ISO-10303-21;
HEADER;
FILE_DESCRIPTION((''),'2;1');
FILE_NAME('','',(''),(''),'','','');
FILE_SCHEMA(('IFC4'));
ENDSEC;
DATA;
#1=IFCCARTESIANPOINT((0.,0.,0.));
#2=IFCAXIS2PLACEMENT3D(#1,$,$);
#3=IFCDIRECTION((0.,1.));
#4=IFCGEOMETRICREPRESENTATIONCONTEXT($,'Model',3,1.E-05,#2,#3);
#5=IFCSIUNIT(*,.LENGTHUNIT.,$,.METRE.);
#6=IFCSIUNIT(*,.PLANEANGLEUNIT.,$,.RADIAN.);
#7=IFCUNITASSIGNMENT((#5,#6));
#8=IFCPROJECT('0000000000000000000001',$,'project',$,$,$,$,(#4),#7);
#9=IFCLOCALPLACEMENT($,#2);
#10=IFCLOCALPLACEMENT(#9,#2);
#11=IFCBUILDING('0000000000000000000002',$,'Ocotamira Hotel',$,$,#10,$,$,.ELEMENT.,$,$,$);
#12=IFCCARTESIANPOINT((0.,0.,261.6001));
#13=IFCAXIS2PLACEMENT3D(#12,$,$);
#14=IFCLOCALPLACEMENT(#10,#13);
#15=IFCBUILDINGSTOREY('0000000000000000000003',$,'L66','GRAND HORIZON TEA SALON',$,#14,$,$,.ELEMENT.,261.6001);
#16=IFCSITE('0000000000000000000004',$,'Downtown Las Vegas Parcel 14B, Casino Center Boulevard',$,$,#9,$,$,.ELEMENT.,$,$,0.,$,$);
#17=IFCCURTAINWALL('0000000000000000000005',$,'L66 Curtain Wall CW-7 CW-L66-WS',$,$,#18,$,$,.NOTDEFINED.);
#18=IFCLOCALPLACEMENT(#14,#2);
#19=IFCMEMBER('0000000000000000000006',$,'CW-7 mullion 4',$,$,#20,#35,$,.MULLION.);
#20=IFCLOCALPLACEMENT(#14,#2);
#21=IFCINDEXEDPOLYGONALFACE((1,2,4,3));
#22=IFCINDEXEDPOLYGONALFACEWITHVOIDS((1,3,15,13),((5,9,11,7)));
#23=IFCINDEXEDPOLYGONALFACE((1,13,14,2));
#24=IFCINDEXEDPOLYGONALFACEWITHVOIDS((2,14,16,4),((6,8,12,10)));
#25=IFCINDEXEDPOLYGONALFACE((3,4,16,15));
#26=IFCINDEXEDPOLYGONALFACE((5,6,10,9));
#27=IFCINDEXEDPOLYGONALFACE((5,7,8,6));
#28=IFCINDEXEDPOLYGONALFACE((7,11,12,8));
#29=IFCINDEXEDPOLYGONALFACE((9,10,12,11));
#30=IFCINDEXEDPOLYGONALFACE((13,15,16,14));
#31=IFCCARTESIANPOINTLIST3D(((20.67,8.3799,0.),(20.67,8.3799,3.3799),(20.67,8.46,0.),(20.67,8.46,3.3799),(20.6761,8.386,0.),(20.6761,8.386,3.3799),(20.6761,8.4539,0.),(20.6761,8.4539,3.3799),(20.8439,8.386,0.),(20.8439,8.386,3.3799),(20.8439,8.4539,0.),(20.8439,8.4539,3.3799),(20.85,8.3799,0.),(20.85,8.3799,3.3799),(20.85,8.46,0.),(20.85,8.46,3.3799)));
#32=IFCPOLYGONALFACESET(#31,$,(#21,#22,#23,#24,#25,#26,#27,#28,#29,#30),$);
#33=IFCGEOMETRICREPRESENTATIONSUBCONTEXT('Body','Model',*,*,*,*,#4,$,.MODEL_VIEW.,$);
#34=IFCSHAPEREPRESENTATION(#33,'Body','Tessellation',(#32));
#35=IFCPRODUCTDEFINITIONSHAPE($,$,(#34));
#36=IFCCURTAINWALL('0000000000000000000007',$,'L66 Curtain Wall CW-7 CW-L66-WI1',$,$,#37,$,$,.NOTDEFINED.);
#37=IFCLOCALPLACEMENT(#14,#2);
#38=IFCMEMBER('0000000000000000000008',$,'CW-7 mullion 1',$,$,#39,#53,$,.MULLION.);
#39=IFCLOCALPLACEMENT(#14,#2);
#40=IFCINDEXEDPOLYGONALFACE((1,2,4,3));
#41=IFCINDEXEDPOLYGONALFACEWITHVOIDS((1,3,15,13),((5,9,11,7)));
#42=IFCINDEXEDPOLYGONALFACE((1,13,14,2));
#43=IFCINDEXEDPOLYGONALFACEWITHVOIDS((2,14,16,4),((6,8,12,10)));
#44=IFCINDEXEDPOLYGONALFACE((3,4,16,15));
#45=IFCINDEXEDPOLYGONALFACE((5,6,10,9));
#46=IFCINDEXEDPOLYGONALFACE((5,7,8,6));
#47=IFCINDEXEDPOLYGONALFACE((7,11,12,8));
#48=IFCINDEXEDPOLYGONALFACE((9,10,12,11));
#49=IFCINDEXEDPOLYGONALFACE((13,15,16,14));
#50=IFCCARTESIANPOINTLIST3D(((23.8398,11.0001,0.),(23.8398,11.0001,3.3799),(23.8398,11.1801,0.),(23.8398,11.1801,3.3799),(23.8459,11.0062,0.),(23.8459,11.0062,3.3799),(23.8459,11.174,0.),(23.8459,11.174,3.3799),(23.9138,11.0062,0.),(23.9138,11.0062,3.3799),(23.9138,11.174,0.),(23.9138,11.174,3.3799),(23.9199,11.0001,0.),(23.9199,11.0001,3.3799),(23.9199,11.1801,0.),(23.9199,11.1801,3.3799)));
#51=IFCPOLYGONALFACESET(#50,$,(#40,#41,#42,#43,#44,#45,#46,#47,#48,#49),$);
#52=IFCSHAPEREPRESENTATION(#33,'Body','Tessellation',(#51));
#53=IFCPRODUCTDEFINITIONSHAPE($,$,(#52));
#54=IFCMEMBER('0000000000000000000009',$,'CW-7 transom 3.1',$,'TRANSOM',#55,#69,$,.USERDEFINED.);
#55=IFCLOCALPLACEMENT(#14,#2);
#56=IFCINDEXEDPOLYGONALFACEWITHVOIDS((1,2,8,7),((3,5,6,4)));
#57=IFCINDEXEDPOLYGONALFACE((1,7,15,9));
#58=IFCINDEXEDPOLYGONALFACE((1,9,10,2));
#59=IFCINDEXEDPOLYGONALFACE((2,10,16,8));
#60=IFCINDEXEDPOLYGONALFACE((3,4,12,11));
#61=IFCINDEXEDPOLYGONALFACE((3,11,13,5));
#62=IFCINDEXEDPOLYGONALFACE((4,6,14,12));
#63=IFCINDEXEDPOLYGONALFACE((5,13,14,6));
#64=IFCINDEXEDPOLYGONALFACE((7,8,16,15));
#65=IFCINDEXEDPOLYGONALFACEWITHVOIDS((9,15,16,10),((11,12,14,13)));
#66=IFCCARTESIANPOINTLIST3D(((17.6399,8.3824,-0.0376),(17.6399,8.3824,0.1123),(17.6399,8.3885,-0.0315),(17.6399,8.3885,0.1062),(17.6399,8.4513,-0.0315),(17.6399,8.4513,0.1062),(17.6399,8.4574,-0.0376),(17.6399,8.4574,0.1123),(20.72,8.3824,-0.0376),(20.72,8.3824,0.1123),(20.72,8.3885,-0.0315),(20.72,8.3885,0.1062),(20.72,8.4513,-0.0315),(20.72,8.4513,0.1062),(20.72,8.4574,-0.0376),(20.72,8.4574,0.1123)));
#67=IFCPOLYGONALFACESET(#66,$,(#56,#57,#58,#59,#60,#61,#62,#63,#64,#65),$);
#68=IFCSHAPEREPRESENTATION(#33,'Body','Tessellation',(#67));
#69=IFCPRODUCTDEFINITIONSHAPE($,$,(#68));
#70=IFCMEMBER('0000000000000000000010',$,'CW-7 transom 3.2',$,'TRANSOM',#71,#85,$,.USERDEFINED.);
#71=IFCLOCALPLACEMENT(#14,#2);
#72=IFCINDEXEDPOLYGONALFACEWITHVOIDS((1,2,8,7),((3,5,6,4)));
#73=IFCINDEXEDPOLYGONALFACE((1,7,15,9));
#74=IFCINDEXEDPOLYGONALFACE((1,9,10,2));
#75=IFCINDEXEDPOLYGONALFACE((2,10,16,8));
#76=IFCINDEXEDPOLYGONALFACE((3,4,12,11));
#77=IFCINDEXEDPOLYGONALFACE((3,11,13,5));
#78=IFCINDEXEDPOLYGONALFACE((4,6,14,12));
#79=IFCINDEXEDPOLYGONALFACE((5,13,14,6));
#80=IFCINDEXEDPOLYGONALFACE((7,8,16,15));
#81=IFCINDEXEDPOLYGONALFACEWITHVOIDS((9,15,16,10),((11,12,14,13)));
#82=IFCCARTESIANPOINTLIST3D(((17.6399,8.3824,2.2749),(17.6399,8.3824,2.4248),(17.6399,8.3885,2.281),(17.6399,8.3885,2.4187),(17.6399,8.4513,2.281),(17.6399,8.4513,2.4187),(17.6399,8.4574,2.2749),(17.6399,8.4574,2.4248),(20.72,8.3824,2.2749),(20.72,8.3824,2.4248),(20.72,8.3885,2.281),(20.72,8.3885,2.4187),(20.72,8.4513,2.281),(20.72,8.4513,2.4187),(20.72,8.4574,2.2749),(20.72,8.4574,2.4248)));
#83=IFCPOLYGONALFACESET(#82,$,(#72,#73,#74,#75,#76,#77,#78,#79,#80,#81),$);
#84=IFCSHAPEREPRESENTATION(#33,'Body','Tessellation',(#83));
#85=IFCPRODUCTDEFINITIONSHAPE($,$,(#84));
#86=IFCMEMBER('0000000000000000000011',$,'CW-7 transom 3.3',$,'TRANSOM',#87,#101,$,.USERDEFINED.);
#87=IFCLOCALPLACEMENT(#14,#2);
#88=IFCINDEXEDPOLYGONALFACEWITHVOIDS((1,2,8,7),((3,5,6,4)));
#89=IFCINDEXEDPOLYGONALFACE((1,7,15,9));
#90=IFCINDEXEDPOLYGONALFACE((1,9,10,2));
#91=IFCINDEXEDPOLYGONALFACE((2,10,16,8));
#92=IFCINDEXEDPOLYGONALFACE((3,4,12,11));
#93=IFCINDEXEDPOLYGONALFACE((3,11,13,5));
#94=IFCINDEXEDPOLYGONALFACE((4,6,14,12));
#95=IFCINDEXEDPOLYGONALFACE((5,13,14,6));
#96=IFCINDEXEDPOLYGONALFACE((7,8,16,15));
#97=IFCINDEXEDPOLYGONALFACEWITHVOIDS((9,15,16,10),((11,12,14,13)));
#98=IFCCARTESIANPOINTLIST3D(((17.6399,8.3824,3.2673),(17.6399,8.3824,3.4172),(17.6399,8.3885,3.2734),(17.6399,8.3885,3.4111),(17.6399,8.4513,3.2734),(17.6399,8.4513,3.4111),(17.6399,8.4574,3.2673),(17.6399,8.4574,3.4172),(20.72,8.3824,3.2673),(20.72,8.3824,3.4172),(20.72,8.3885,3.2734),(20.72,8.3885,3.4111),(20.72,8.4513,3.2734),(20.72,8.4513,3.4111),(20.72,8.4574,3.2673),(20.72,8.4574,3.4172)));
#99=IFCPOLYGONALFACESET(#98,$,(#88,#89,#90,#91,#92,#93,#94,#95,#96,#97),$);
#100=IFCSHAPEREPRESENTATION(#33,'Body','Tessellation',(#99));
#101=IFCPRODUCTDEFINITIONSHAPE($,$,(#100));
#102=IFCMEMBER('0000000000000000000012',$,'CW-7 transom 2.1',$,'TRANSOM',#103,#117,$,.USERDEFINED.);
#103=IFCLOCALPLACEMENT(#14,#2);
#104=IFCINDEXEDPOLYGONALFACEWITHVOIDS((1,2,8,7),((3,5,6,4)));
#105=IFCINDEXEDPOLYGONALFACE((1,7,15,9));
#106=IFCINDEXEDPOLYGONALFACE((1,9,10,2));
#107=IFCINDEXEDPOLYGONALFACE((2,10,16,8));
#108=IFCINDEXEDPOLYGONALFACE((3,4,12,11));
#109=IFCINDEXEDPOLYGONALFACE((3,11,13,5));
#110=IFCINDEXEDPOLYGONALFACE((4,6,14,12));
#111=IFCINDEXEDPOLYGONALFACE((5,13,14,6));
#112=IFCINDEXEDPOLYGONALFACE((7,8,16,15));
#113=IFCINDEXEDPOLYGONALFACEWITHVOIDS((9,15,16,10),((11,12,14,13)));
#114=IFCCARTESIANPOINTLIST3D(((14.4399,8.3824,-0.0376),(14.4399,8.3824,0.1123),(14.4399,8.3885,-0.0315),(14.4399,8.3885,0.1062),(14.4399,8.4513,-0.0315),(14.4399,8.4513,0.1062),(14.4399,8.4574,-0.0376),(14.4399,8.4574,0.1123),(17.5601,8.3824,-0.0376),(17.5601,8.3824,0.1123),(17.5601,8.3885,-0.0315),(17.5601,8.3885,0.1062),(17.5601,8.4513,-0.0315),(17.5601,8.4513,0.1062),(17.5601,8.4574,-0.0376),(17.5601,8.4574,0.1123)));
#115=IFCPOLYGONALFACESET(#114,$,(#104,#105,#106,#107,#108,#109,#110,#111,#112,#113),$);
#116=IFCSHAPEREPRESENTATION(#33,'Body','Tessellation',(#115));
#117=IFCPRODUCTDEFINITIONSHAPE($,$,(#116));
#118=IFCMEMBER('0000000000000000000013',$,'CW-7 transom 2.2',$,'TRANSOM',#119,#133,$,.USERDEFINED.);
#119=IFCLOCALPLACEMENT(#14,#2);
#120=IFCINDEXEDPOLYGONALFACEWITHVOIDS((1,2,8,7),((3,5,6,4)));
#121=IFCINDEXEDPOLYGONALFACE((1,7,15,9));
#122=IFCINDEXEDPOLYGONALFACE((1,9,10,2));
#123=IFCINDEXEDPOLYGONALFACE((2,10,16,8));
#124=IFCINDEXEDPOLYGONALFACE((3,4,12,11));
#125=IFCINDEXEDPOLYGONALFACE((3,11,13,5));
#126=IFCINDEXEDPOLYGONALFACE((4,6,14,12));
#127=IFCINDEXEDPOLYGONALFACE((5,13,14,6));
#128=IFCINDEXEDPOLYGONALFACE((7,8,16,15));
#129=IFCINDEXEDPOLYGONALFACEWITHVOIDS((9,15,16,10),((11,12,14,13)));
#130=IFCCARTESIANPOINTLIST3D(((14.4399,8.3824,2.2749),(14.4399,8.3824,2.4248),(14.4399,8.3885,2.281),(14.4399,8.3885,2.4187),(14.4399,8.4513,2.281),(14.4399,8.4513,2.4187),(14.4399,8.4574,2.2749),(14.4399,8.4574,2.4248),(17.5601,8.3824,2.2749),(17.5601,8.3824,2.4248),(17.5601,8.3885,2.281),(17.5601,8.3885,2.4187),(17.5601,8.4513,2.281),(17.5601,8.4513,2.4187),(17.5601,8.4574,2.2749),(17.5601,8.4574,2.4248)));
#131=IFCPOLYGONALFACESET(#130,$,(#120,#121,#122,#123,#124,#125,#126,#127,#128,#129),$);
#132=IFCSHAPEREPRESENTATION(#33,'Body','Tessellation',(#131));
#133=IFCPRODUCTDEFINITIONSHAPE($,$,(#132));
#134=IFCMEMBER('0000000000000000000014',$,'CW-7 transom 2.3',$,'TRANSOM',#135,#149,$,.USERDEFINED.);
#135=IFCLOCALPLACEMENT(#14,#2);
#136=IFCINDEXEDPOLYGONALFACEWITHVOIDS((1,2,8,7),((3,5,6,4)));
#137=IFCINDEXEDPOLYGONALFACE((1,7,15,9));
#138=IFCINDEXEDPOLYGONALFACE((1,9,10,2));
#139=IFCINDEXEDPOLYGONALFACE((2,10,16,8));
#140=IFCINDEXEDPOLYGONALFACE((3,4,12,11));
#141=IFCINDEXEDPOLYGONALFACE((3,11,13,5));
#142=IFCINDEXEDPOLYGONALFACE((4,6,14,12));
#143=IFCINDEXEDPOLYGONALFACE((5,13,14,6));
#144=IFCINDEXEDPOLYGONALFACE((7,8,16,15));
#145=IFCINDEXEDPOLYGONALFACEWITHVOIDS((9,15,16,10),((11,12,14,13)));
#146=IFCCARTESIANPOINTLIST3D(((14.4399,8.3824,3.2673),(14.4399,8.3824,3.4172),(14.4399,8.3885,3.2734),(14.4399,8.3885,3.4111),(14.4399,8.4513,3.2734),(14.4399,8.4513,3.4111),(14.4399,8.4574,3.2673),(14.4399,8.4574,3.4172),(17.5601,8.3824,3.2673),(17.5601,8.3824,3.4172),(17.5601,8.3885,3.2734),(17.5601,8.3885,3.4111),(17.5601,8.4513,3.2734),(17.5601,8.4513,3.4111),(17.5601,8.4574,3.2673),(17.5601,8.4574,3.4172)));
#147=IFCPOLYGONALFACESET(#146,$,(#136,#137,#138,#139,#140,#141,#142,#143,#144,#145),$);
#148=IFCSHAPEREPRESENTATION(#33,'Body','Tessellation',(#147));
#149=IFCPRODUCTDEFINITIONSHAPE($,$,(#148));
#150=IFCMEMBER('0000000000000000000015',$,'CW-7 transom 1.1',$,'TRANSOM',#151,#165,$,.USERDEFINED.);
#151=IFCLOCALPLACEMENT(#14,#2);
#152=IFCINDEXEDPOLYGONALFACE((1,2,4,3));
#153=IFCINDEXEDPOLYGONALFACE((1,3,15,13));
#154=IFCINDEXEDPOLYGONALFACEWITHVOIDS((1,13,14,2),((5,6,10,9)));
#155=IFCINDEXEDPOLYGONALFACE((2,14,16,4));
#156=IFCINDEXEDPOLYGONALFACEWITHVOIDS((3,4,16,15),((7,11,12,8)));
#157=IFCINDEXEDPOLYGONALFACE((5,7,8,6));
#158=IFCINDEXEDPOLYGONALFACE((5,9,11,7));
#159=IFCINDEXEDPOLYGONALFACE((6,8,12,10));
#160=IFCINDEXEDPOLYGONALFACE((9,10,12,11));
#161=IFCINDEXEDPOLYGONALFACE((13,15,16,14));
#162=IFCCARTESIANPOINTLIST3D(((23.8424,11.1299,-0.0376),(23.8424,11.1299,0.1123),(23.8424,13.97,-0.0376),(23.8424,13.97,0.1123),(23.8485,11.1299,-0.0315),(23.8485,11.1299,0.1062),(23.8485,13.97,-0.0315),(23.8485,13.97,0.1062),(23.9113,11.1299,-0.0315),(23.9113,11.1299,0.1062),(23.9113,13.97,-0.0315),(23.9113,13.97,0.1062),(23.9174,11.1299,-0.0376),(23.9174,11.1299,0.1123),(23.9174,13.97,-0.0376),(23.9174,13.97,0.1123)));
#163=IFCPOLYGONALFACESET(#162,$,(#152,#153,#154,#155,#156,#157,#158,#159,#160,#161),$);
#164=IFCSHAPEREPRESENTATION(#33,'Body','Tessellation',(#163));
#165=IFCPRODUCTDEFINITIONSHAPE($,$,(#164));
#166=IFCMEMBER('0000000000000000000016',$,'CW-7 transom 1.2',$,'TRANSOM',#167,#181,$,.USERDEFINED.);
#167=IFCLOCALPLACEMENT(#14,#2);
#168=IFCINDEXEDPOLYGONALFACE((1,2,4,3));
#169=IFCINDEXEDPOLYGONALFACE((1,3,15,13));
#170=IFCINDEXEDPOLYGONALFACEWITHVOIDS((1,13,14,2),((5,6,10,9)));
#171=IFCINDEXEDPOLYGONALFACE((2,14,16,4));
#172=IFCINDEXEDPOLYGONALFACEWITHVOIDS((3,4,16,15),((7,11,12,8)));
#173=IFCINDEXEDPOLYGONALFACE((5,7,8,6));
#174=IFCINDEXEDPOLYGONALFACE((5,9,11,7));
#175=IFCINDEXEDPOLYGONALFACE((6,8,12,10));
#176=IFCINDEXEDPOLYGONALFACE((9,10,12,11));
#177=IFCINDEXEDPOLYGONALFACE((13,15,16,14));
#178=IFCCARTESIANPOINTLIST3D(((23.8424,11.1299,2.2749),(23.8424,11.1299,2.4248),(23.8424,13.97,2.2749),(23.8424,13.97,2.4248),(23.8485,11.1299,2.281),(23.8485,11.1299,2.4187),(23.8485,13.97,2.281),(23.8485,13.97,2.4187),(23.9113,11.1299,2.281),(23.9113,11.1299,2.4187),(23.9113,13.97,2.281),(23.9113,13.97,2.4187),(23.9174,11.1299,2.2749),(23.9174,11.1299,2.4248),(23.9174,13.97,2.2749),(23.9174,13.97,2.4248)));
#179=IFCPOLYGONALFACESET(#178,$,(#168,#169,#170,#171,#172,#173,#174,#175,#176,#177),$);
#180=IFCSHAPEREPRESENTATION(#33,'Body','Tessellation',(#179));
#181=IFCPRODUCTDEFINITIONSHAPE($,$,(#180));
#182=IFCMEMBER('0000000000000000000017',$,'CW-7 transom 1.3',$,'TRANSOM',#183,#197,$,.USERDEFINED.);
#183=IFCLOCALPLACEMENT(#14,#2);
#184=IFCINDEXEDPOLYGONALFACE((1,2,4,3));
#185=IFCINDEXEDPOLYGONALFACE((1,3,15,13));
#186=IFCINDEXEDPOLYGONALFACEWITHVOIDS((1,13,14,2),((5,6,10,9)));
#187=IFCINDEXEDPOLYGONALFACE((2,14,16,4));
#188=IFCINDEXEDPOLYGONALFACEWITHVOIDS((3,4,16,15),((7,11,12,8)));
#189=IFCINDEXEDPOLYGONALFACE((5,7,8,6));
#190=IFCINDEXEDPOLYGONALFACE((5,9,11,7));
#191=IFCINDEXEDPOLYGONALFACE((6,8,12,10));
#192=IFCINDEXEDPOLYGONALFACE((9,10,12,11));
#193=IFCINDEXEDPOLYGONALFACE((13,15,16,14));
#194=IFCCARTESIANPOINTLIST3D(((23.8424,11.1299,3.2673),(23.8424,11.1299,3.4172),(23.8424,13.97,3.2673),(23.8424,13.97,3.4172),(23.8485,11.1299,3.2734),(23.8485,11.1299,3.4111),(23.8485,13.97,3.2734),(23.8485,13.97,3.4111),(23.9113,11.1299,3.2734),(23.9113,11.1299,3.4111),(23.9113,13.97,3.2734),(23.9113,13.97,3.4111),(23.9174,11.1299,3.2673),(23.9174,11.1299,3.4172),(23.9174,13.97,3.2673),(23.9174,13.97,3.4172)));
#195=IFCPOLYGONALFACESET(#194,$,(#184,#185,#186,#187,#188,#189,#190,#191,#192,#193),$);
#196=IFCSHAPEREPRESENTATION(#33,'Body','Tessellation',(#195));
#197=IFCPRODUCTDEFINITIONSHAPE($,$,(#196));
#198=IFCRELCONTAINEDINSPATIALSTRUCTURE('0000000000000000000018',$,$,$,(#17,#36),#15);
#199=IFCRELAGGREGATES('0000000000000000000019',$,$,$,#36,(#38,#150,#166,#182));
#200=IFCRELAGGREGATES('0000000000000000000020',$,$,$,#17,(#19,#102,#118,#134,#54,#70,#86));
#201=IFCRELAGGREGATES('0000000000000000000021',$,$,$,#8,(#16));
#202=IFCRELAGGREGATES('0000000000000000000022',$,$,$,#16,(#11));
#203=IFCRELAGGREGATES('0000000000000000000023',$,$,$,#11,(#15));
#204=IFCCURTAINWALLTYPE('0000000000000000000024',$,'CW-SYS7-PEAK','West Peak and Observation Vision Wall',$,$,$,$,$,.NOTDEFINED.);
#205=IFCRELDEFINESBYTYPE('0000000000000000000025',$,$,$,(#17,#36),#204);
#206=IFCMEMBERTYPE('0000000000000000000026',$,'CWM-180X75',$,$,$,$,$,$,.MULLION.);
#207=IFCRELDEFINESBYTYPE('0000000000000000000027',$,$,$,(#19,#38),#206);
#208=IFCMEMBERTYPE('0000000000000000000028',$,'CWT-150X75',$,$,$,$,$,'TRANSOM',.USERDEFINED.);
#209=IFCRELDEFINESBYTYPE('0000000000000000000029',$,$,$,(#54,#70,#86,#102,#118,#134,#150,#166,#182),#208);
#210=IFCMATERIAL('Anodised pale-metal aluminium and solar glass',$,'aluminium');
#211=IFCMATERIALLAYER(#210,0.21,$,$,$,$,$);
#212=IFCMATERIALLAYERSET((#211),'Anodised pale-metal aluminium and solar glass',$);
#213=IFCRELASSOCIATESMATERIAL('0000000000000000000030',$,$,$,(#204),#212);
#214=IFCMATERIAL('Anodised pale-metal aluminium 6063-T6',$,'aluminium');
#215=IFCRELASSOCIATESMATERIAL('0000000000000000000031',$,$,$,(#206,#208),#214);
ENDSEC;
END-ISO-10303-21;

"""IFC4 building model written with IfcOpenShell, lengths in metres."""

from ifc_helpers import new_model, si_unit, direction, frame, origin, origin_2d, place, context, subcontext, project, spatial, hollow_rectangle, extrude, source, transform, mapped, material, layer, layer_set, material_profile, profile_set, type_object, element, aggregate, save


model = new_model("IFC4")

# Units and contexts
model_context = context("Model", 3, precision=1e-05, world=origin(), true_north=direction((0.0, 1.0)))
body_context = subcontext(model_context, "Body", "Model", "MODEL_VIEW")
ifc_project = project(units=[si_unit("LENGTHUNIT", "METRE"), si_unit("PLANEANGLEUNIT", "RADIAN")], contexts=[model_context])

# Site, building, storey
site_placement = place(None, origin())
site = spatial("IfcSite", under=ifc_project, at=site_placement, Name="Downtown Las Vegas Parcel 14B, Casino Center Boulevard", CompositionType="ELEMENT", RefElevation=0.0)
building_placement = place(site_placement, origin())
building = spatial("IfcBuilding", under=site, at=building_placement, Name="Ocotamira Hotel", CompositionType="ELEMENT")
storey_placement = place(building_placement, frame((0.0, 0.0, 261.6001)))
storey = spatial("IfcBuildingStorey", under=building, at=storey_placement, Name="L66", Description="GRAND HORIZON TEA SALON", CompositionType="ELEMENT", Elevation=261.6001)

# Curtain wall, member
ifc_material_1 = material(Name="Anodised pale-metal aluminium and solar glass", Category="aluminium")
ifc_layer_1 = layer(ifc_material_1, 0.21)
ifc_layer_set_1 = layer_set([ifc_layer_1], Name="Anodised pale-metal aluminium and solar glass")
curtain_wall_type = type_object("IfcCurtainWallType", Name="CW-SYS7-PEAK", Description="West Peak and Observation Vision Wall", PredefinedType="NOTDEFINED", material=ifc_layer_set_1)
curtain_wall_1_placement = place(storey_placement, origin())
curtain_wall_1 = element("IfcCurtainWall", 1, at=curtain_wall_1_placement, inside=storey, type_object=curtain_wall_type, Name="L66 Curtain Wall CW-7 CW-L66-WS", PredefinedType="NOTDEFINED")
ifc_material_2 = material(Name="Anodised pale-metal aluminium 6063-T6", Category="aluminium")
ifc_material_profile_1 = material_profile(ifc_material_2, hollow_rectangle(XDim=0.0801, YDim=0.1799, WallThickness=0.0061, at=origin_2d()), Name="HSS180X80X6")
ifc_profile_set_1 = profile_set([ifc_material_profile_1], Name="Anodised pale-metal aluminium 6063-T6")
member_type_1 = type_object("IfcMemberType", Name="CWM-180X75", PredefinedType="MULLION", material=ifc_profile_set_1)
shared_shape_1 = source(origin(), body_context, "Body", "SweptSolid", [
    extrude(hollow_rectangle(XDim=0.0801, YDim=0.1799, WallThickness=0.0061, at=origin_2d()), origin(), (0.0, 0.0, 1.0), 3.3799),
])
member_1_placement = place(storey_placement, frame((20.76, 8.4199, 0.0), z_axis=(0.0, 0.0, 1.0), x_axis=(0.0, 1.0, 0.0)))
member_1 = element("IfcMember", 2, at=member_1_placement, type_object=member_type_1, Name="CW-7 mullion 4", PredefinedType="MULLION", context=body_context, shape_type="MappedRepresentation", body=[
    mapped(shared_shape_1, transform((0.0, 0.0, 0.0), scale=1.0)),
])

# Curtain wall, member
curtain_wall_2_placement = place(storey_placement, origin())
curtain_wall_2 = element("IfcCurtainWall", 3, at=curtain_wall_2_placement, inside=storey, type_object=curtain_wall_type, Name="L66 Curtain Wall CW-7 CW-L66-WI1", PredefinedType="NOTDEFINED")
member_2_placement = place(storey_placement, frame((23.8799, 11.0901, 0.0), z_axis=(0.0, 0.0, 1.0), x_axis=(-1.0, 0.0, 0.0)))
member_2 = element("IfcMember", 4, at=member_2_placement, type_object=member_type_1, Name="CW-7 mullion 1", PredefinedType="MULLION", context=body_context, shape_type="MappedRepresentation", body=[
    mapped(shared_shape_1, transform((0.0, 0.0, 0.0), scale=1.0)),
])

# Members
ifc_material_profile_2 = material_profile(ifc_material_2, hollow_rectangle(XDim=0.075, YDim=0.1499, WallThickness=0.0061, at=origin_2d()), Name="HSS150X75X6")
ifc_profile_set_2 = profile_set([ifc_material_profile_2], Name="Anodised pale-metal aluminium 6063-T6")
member_type_2 = type_object("IfcMemberType", Name="CWT-150X75", ElementType="TRANSOM", PredefinedType="USERDEFINED", material=ifc_profile_set_2)
shared_shape_2 = source(origin(), body_context, "Body", "SweptSolid", [
    extrude(hollow_rectangle(XDim=0.075, YDim=0.1499, WallThickness=0.0061, at=origin_2d()), origin(), (0.0, 0.0, 1.0), 3.0801),
])
member_3_placement = place(storey_placement, frame((17.6399, 8.4199, 0.0374), z_axis=(1.0, 0.0, 0.0), x_axis=(0.0, 1.0, 0.0)))
member_3 = element("IfcMember", 5, at=member_3_placement, type_object=member_type_2, Name="CW-7 transom 3.1", ObjectType="TRANSOM", PredefinedType="USERDEFINED", context=body_context, shape_type="MappedRepresentation", body=[
    mapped(shared_shape_2, transform((0.0, 0.0, 0.0), scale=1.0)),
])
member_4_placement = place(storey_placement, frame((17.6399, 8.4199, 2.3499), z_axis=(1.0, 0.0, 0.0), x_axis=(0.0, 1.0, 0.0)))
member_4 = element("IfcMember", 6, at=member_4_placement, type_object=member_type_2, Name="CW-7 transom 3.2", ObjectType="TRANSOM", PredefinedType="USERDEFINED", context=body_context, shape_type="MappedRepresentation", body=[
    mapped(shared_shape_2, transform((0.0, 0.0, 0.0), scale=1.0)),
])
member_5_placement = place(storey_placement, frame((17.6399, 8.4199, 3.3423), z_axis=(1.0, 0.0, 0.0), x_axis=(0.0, 1.0, 0.0)))
member_5 = element("IfcMember", 7, at=member_5_placement, type_object=member_type_2, Name="CW-7 transom 3.3", ObjectType="TRANSOM", PredefinedType="USERDEFINED", context=body_context, shape_type="MappedRepresentation", body=[
    mapped(shared_shape_2, transform((0.0, 0.0, 0.0), scale=1.0)),
])
shared_shape_3 = source(origin(), body_context, "Body", "SweptSolid", [
    extrude(hollow_rectangle(XDim=0.075, YDim=0.1499, WallThickness=0.0061, at=origin_2d()), origin(), (0.0, 0.0, 1.0), 3.1201),
])
member_6_placement = place(storey_placement, frame((14.4399, 8.4199, 0.0374), z_axis=(1.0, 0.0, 0.0), x_axis=(0.0, 1.0, 0.0)))
member_6 = element("IfcMember", 8, at=member_6_placement, type_object=member_type_2, Name="CW-7 transom 2.1", ObjectType="TRANSOM", PredefinedType="USERDEFINED", context=body_context, shape_type="MappedRepresentation", body=[
    mapped(shared_shape_3, transform((0.0, 0.0, 0.0), scale=1.0)),
])
member_7_placement = place(storey_placement, frame((14.4399, 8.4199, 2.3499), z_axis=(1.0, 0.0, 0.0), x_axis=(0.0, 1.0, 0.0)))
member_7 = element("IfcMember", 9, at=member_7_placement, type_object=member_type_2, Name="CW-7 transom 2.2", ObjectType="TRANSOM", PredefinedType="USERDEFINED", context=body_context, shape_type="MappedRepresentation", body=[
    mapped(shared_shape_3, transform((0.0, 0.0, 0.0), scale=1.0)),
])
member_8_placement = place(storey_placement, frame((14.4399, 8.4199, 3.3423), z_axis=(1.0, 0.0, 0.0), x_axis=(0.0, 1.0, 0.0)))
member_8 = element("IfcMember", 10, at=member_8_placement, type_object=member_type_2, Name="CW-7 transom 2.3", ObjectType="TRANSOM", PredefinedType="USERDEFINED", context=body_context, shape_type="MappedRepresentation", body=[
    mapped(shared_shape_3, transform((0.0, 0.0, 0.0), scale=1.0)),
])
shared_shape_4 = source(origin(), body_context, "Body", "SweptSolid", [
    extrude(hollow_rectangle(XDim=0.075, YDim=0.1499, WallThickness=0.0061, at=origin_2d()), origin(), (0.0, 0.0, 1.0), 2.8401),
])
member_9_placement = place(storey_placement, frame((23.8799, 11.1299, 0.0374), z_axis=(0.0, 1.0, 0.0), x_axis=(-1.0, 0.0, 0.0)))
member_9 = element("IfcMember", 11, at=member_9_placement, type_object=member_type_2, Name="CW-7 transom 1.1", ObjectType="TRANSOM", PredefinedType="USERDEFINED", context=body_context, shape_type="MappedRepresentation", body=[
    mapped(shared_shape_4, transform((0.0, 0.0, 0.0), scale=1.0)),
])
member_10_placement = place(storey_placement, frame((23.8799, 11.1299, 2.3499), z_axis=(0.0, 1.0, 0.0), x_axis=(-1.0, 0.0, 0.0)))
member_10 = element("IfcMember", 12, at=member_10_placement, type_object=member_type_2, Name="CW-7 transom 1.2", ObjectType="TRANSOM", PredefinedType="USERDEFINED", context=body_context, shape_type="MappedRepresentation", body=[
    mapped(shared_shape_4, transform((0.0, 0.0, 0.0), scale=1.0)),
])
member_11_placement = place(storey_placement, frame((23.8799, 11.1299, 3.3423), z_axis=(0.0, 1.0, 0.0), x_axis=(-1.0, 0.0, 0.0)))
member_11 = element("IfcMember", 13, at=member_11_placement, type_object=member_type_2, Name="CW-7 transom 1.3", ObjectType="TRANSOM", PredefinedType="USERDEFINED", context=body_context, shape_type="MappedRepresentation", body=[
    mapped(shared_shape_4, transform((0.0, 0.0, 0.0), scale=1.0)),
])
aggregate(curtain_wall_2, [member_2, member_9, member_10, member_11])

aggregate(curtain_wall_1, [member_1, member_6, member_7, member_8, member_3, member_4, member_5])

save(model, "model.ifc")
